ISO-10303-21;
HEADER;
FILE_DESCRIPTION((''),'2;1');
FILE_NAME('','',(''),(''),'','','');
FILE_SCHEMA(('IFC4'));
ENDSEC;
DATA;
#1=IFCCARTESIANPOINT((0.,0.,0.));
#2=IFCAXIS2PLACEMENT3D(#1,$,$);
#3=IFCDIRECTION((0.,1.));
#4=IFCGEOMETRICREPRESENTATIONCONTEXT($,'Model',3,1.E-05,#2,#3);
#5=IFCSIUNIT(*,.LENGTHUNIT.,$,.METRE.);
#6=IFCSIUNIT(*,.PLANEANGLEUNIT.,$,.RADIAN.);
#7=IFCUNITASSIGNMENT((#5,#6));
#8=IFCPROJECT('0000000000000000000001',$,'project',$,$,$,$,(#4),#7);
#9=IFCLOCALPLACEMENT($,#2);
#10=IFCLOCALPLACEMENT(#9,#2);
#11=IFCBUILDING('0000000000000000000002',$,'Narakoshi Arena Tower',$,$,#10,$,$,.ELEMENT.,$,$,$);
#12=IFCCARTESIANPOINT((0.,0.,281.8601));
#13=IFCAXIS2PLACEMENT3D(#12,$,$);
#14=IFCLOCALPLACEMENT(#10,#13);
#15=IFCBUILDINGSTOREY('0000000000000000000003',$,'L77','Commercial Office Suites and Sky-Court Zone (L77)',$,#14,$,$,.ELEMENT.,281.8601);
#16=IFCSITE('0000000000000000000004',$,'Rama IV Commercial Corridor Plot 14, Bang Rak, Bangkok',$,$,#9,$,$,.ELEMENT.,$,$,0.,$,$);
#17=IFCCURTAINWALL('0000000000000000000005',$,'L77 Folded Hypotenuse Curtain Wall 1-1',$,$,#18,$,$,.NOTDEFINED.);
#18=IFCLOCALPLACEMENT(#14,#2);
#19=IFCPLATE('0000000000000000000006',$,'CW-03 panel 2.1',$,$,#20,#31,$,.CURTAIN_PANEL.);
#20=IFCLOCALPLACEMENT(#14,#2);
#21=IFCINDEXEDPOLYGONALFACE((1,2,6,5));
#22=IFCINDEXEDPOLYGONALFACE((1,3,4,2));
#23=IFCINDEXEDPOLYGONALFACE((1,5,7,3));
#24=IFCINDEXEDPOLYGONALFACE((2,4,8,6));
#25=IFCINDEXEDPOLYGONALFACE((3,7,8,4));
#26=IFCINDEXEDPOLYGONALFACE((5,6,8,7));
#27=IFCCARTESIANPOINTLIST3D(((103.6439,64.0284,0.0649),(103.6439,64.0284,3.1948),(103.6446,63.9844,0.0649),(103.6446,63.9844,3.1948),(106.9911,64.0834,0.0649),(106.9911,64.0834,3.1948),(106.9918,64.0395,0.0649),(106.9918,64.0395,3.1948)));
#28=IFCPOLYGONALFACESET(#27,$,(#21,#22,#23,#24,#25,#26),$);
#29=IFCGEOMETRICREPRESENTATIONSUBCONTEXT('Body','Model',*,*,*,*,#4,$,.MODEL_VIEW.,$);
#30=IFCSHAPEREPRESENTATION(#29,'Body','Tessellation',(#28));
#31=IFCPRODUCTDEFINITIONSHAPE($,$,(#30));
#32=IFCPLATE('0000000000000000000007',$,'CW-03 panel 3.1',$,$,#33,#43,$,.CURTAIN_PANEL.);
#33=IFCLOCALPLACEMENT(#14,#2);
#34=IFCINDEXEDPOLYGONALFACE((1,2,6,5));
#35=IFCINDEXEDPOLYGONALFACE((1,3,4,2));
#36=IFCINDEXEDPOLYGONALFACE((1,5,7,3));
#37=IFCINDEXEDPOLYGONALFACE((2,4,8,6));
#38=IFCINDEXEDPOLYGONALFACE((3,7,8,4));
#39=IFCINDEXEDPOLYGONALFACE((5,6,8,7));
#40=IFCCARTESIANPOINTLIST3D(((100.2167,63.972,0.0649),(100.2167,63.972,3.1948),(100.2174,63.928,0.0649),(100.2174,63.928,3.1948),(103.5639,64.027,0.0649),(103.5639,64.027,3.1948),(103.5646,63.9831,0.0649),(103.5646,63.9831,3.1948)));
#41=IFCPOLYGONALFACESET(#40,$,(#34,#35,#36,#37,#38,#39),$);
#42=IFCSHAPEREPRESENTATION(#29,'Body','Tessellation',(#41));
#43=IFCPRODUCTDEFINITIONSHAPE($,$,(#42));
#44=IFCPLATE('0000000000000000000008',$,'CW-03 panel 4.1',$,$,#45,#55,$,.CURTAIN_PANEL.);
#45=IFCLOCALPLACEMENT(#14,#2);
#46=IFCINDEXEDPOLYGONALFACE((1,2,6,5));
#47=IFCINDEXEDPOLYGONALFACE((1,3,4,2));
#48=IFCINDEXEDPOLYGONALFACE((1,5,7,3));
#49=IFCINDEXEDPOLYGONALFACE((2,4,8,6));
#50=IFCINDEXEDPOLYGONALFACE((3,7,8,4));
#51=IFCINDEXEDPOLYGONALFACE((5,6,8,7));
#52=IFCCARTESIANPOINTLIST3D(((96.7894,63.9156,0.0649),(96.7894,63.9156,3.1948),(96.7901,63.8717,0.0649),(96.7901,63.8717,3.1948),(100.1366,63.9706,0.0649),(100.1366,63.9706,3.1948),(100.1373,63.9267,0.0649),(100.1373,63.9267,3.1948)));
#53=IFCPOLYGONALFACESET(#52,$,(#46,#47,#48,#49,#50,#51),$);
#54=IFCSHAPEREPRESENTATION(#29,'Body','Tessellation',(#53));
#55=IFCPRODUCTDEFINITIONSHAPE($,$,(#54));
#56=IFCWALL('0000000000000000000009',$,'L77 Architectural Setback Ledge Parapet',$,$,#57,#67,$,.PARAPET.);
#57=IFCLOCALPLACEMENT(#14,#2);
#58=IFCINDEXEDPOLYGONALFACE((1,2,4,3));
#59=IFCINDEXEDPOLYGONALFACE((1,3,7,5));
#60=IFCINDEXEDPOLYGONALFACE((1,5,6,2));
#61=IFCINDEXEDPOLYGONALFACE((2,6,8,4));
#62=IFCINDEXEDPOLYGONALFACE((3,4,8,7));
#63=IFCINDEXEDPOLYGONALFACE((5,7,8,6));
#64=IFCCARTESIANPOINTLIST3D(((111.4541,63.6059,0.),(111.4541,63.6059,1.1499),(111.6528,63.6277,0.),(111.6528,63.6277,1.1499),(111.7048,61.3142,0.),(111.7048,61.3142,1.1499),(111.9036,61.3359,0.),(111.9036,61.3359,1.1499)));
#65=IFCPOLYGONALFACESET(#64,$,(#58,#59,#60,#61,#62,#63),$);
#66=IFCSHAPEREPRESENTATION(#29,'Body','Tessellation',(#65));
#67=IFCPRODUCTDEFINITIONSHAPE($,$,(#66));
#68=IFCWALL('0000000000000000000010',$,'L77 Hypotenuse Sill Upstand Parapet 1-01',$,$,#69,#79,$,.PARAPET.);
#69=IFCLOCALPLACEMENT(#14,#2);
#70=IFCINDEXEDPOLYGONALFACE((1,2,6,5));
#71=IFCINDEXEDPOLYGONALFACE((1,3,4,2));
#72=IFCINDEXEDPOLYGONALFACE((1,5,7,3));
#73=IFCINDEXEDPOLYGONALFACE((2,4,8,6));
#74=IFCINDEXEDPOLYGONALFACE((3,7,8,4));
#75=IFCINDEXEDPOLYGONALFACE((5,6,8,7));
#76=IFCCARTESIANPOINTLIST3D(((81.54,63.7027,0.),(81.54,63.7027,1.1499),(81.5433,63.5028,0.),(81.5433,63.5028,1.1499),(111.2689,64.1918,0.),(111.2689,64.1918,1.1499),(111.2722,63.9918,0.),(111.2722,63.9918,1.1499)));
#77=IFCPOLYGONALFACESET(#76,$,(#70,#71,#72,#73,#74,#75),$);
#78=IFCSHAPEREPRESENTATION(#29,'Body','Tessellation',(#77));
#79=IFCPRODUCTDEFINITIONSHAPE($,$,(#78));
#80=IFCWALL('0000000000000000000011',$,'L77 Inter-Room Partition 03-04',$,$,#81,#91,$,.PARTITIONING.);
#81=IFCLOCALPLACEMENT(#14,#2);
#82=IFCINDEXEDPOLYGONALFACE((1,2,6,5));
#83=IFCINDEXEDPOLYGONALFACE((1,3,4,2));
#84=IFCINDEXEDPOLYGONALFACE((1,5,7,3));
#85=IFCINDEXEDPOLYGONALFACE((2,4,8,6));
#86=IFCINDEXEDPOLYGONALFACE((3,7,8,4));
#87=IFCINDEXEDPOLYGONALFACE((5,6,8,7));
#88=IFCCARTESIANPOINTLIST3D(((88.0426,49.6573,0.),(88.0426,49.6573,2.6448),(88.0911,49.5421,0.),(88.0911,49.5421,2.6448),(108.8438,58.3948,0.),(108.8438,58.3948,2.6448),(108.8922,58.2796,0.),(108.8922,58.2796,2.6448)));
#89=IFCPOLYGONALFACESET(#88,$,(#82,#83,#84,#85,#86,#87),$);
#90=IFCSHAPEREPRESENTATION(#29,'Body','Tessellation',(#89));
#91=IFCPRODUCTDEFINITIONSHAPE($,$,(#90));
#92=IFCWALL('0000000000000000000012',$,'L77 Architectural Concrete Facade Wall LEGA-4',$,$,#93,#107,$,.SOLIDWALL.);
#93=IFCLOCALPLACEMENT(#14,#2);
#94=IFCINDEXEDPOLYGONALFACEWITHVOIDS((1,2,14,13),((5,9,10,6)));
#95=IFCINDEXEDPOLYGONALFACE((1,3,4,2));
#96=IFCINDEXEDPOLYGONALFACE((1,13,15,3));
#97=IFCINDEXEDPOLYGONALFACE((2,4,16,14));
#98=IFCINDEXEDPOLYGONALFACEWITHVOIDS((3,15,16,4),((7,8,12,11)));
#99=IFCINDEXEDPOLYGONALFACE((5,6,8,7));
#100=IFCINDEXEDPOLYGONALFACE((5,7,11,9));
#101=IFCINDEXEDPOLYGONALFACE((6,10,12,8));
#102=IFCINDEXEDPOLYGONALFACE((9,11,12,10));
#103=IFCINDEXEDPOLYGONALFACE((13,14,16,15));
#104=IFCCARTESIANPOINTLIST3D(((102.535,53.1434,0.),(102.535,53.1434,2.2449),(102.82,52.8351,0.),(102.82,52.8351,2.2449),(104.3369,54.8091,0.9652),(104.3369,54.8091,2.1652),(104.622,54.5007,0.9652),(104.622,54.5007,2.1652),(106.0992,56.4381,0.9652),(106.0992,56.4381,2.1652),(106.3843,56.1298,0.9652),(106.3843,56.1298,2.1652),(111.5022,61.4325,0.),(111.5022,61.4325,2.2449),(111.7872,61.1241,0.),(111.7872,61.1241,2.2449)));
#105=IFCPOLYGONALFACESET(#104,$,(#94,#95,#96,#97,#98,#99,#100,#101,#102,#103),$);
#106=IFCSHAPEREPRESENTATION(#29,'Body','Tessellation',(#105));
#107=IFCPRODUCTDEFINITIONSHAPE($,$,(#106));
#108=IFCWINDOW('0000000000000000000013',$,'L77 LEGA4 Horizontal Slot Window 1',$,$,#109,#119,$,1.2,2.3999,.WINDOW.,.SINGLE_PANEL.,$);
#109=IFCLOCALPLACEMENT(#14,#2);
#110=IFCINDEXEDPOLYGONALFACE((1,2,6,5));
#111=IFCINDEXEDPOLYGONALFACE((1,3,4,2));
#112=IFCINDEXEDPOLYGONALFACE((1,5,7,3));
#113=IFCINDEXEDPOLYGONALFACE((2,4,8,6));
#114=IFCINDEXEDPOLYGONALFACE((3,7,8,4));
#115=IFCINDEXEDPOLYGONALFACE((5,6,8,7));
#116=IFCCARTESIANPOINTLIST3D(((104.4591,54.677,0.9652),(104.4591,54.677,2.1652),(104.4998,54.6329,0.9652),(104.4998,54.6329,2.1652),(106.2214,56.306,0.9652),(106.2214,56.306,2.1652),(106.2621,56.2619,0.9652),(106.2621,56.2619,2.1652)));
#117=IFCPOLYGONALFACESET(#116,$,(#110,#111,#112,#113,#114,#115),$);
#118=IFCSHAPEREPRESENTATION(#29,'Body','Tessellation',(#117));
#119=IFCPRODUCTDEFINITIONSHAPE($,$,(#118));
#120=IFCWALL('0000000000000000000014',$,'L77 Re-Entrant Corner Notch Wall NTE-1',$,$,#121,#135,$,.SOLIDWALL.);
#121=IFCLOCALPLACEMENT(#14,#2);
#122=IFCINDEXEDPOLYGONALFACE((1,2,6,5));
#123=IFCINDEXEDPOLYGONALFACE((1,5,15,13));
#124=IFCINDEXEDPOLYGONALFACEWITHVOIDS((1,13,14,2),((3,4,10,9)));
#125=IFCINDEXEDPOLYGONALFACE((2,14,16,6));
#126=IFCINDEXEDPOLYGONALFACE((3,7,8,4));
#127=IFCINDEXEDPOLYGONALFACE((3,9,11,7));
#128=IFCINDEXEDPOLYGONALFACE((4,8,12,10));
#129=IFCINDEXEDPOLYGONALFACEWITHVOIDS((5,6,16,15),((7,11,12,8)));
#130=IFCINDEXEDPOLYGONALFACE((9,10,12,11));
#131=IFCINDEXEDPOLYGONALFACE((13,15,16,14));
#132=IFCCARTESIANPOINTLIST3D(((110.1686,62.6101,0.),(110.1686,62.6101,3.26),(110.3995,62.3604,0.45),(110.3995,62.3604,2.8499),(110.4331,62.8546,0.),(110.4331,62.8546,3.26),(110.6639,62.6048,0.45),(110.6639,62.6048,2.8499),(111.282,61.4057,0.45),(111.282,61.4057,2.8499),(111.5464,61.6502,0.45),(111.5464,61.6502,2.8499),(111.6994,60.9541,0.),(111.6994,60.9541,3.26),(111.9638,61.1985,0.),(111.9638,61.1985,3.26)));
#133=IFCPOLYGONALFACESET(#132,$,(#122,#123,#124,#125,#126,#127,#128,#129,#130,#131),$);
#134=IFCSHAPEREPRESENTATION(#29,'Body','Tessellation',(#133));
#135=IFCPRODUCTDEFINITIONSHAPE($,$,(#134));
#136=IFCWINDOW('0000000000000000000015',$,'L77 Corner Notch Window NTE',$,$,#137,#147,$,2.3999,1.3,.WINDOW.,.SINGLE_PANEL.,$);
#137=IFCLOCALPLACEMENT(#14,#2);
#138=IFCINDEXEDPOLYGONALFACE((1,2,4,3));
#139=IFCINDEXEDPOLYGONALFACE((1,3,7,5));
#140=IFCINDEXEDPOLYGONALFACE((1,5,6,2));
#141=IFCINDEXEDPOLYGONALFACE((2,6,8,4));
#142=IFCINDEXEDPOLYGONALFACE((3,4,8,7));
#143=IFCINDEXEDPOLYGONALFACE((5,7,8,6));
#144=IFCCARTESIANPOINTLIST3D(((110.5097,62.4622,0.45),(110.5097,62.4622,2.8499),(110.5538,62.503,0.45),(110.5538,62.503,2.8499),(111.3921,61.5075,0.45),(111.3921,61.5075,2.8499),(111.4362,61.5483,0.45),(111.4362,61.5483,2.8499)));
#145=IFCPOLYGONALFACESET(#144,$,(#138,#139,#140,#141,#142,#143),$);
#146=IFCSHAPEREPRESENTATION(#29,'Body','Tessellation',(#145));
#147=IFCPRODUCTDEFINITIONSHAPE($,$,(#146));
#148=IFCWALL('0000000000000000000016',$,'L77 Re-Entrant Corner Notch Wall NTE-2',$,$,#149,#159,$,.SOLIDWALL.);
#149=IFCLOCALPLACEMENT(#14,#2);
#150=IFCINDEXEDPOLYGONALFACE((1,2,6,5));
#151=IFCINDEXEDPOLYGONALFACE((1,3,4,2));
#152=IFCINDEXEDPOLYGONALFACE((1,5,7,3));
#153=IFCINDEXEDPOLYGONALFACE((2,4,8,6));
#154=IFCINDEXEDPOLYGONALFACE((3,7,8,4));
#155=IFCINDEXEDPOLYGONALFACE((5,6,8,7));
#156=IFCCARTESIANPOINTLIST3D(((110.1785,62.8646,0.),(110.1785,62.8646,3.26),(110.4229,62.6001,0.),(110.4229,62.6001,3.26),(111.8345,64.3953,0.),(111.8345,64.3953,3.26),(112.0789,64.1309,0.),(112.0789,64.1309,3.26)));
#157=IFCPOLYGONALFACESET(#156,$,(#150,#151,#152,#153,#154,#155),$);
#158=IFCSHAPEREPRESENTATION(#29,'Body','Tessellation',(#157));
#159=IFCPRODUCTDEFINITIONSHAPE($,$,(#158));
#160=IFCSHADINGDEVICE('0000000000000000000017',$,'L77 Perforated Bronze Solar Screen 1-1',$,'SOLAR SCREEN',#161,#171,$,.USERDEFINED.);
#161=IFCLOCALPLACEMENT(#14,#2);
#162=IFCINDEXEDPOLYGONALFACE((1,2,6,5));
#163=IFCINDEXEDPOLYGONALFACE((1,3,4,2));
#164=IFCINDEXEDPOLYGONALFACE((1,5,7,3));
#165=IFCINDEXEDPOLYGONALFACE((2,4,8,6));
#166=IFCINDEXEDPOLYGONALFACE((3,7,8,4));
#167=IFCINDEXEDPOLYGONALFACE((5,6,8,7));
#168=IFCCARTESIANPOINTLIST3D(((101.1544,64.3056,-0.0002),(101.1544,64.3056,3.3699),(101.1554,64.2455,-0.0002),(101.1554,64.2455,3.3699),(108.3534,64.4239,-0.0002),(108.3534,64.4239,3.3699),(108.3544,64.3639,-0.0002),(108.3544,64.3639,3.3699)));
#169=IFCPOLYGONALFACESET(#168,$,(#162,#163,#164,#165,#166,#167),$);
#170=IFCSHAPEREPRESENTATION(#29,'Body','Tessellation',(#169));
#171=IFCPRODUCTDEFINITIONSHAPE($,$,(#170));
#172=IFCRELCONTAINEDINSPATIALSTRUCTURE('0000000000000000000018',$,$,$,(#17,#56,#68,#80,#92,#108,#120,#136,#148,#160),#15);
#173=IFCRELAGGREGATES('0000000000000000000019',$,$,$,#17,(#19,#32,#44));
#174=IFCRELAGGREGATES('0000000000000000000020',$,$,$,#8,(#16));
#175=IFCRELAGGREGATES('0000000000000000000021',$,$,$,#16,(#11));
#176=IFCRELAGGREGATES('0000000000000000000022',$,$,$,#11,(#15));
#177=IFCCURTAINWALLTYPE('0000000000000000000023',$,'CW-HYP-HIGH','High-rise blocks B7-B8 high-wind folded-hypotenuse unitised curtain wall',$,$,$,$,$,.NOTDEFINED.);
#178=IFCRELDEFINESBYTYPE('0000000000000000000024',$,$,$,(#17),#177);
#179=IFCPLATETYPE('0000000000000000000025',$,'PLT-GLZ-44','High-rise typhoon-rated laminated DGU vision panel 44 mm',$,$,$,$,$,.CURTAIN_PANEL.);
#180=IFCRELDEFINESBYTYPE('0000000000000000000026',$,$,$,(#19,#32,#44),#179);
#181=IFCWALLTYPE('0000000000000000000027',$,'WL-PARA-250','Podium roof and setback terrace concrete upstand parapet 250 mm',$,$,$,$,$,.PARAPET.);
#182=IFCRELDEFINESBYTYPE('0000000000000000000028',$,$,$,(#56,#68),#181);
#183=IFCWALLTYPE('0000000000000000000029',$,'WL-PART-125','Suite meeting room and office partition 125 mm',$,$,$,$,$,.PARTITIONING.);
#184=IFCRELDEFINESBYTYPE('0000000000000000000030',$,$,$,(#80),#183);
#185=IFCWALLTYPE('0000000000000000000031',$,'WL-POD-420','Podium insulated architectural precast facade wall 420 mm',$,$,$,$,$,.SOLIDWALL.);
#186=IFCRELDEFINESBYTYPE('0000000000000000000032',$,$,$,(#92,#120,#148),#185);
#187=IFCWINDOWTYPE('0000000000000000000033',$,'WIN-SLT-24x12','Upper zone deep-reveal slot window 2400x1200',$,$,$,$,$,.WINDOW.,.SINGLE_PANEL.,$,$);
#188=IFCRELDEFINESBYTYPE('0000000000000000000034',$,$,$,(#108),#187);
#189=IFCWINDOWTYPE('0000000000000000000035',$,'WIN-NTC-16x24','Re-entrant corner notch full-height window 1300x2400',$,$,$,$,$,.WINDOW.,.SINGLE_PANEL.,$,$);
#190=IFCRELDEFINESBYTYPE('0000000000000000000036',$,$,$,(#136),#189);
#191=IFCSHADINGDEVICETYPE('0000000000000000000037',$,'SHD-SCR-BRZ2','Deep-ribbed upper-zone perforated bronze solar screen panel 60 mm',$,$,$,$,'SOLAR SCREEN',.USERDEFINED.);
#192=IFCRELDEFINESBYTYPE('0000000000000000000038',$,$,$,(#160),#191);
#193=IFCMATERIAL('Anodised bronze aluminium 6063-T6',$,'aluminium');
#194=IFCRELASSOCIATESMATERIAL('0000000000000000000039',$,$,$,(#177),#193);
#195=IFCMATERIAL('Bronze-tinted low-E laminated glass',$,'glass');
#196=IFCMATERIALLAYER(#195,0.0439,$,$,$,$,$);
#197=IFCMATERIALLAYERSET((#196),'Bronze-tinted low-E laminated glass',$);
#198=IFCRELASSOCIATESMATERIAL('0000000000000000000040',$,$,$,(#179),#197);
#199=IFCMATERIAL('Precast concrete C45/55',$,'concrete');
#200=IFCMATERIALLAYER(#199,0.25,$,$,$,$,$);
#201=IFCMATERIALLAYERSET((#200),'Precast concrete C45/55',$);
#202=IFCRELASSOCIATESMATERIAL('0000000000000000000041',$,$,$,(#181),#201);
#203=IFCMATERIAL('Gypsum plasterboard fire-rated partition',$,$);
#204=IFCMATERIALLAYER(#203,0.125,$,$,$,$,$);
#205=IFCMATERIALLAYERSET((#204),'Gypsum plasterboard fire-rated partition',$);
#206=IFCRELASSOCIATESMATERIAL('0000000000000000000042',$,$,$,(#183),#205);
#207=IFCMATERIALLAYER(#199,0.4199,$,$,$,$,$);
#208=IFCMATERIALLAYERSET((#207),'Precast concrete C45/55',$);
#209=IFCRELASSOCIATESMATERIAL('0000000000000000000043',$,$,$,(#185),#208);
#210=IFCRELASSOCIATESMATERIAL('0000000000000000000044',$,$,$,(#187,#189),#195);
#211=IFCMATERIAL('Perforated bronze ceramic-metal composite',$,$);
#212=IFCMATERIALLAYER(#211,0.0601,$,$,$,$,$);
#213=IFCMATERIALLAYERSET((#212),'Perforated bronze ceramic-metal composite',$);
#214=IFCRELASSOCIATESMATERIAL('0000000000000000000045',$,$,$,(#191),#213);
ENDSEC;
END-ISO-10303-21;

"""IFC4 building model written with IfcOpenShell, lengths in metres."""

from ifc_helpers import new_model, si_unit, direction, frame, frame_2d, origin, origin_2d, place, context, subcontext, project, spatial, rectangle, extrude, material, layer, layer_set, type_object, element, fill, aggregate, save


model = new_model("IFC4")

# Units and contexts
model_context = context("Model", 3, precision=1e-05, world=origin(), true_north=direction((0.0, 1.0)))
body_context = subcontext(model_context, "Body", "Model", "MODEL_VIEW")
ifc_project = project(units=[si_unit("LENGTHUNIT", "METRE"), si_unit("PLANEANGLEUNIT", "RADIAN")], contexts=[model_context])

# Site, building, storey
site_placement = place(None, origin())
site = spatial("IfcSite", under=ifc_project, at=site_placement, Name="Rama IV Commercial Corridor Plot 14, Bang Rak, Bangkok", CompositionType="ELEMENT", RefElevation=0.0)
building_placement = place(site_placement, origin())
building = spatial("IfcBuilding", under=site, at=building_placement, Name="Narakoshi Arena Tower", CompositionType="ELEMENT")
storey_placement = place(building_placement, frame((0.0, 0.0, 281.8601)))
storey = spatial("IfcBuildingStorey", under=building, at=storey_placement, Name="L77", Description="Commercial Office Suites and Sky-Court Zone (L77)", CompositionType="ELEMENT", Elevation=281.8601)

# Curtain wall, plates
ifc_material_1 = material(Name="Anodised bronze aluminium 6063-T6", Category="aluminium")
curtain_wall_type = type_object("IfcCurtainWallType", Name="CW-HYP-HIGH", Description="High-rise blocks B7-B8 high-wind folded-hypotenuse unitised curtain wall", PredefinedType="NOTDEFINED", material=ifc_material_1)
curtain_wall_placement = place(storey_placement, origin())
curtain_wall = element("IfcCurtainWall", 1, at=curtain_wall_placement, inside=storey, type_object=curtain_wall_type, Name="L77 Folded Hypotenuse Curtain Wall 1-1", PredefinedType="NOTDEFINED")
ifc_material_2 = material(Name="Bronze-tinted low-E laminated glass", Category="glass")
ifc_layer_1 = layer(ifc_material_2, 0.0439)
ifc_layer_set_1 = layer_set([ifc_layer_1], Name="Bronze-tinted low-E laminated glass")
plate_type = type_object("IfcPlateType", Name="PLT-GLZ-44", Description="High-rise typhoon-rated laminated DGU vision panel 44 mm", PredefinedType="CURTAIN_PANEL", material=ifc_layer_set_1)
plate_1_placement = place(storey_placement, frame((105.3179, 64.0339, 0.0649), z_axis=(0.0, 0.0, 1.0), x_axis=(-0.999865, -0.016443, 0.0)))
plate_1 = element("IfcPlate", 2, at=plate_1_placement, type_object=plate_type, Name="CW-03 panel 2.1", PredefinedType="CURTAIN_PANEL", context=body_context, shape_type="SweptSolid", body=[
    extrude(rectangle(XDim=3.3477, YDim=0.0439, at=origin_2d()), origin(), (0.0, 0.0, 1.0), 3.1299),
])
plate_2_placement = place(storey_placement, frame((101.8906, 63.9775, 0.0649), z_axis=(0.0, 0.0, 1.0), x_axis=(-0.999865, -0.016443, 0.0)))
plate_2 = element("IfcPlate", 3, at=plate_2_placement, type_object=plate_type, Name="CW-03 panel 3.1", PredefinedType="CURTAIN_PANEL", context=body_context, shape_type="SweptSolid", body=[
    extrude(rectangle(XDim=3.3477, YDim=0.0439, at=origin_2d()), origin(), (0.0, 0.0, 1.0), 3.1299),
])
plate_3_placement = place(storey_placement, frame((98.4634, 63.9211, 0.0649), z_axis=(0.0, 0.0, 1.0), x_axis=(-0.999865, -0.016443, 0.0)))
plate_3 = element("IfcPlate", 4, at=plate_3_placement, type_object=plate_type, Name="CW-03 panel 4.1", PredefinedType="CURTAIN_PANEL", context=body_context, shape_type="SweptSolid", body=[
    extrude(rectangle(XDim=3.3477, YDim=0.0439, at=origin_2d()), origin(), (0.0, 0.0, 1.0), 3.1299),
])
aggregate(curtain_wall, [plate_1, plate_2, plate_3])

# Walls
ifc_material_3 = material(Name="Precast concrete C45/55", Category="concrete")
ifc_layer_2 = layer(ifc_material_3, 0.25)
ifc_layer_set_2 = layer_set([ifc_layer_2], Name="Precast concrete C45/55")
wall_type_1 = type_object("IfcWallType", Name="WL-PARA-250", Description="Podium roof and setback terrace concrete upstand parapet 250 mm", PredefinedType="PARAPET", material=ifc_layer_set_2)
wall_1_placement = place(storey_placement, frame((111.8042, 61.325, 0.0), z_axis=(0.0, 0.0, 1.0), x_axis=(-0.108758, 0.994068, 0.0)))
element("IfcWall", 5, at=wall_1_placement, inside=storey, type_object=wall_type_1, Name="L77 Architectural Setback Ledge Parapet", PredefinedType="PARAPET", context=body_context, shape_type="SweptSolid", body=[
    extrude(rectangle(XDim=2.3054, YDim=0.2, at=frame_2d((1.1528, 0.0))), origin(), (0.0, 0.0, 1.0), 1.1499),
])
wall_2_placement = place(storey_placement, frame((111.2705, 64.0918, 0.0), z_axis=(0.0, 0.0, 1.0), x_axis=(-0.999865, -0.016447, 0.0)))
element("IfcWall", 6, at=wall_2_placement, inside=storey, type_object=wall_type_1, Name="L77 Hypotenuse Sill Upstand Parapet 1-01", PredefinedType="PARAPET", context=body_context, shape_type="SweptSolid", body=[
    extrude(rectangle(XDim=29.7329, YDim=0.2, at=frame_2d((14.8665, 0.0))), origin(), (0.0, 0.0, 1.0), 1.1499),
])
ifc_material_4 = material(Name="Gypsum plasterboard fire-rated partition")
ifc_layer_3 = layer(ifc_material_4, 0.125)
ifc_layer_set_3 = layer_set([ifc_layer_3], Name="Gypsum plasterboard fire-rated partition")
wall_type_2 = type_object("IfcWallType", Name="WL-PART-125", Description="Suite meeting room and office partition 125 mm", PredefinedType="PARTITIONING", material=ifc_layer_set_3)
wall_3_placement = place(storey_placement, frame((108.8679, 58.3372, 0.0), z_axis=(0.0, 0.0, 1.0), x_axis=(-0.921966, -0.387271, 0.0)))
element("IfcWall", 7, at=wall_3_placement, inside=storey, type_object=wall_type_2, Name="L77 Inter-Room Partition 03-04", PredefinedType="PARTITIONING", context=body_context, shape_type="SweptSolid", body=[
    extrude(rectangle(XDim=22.5618, YDim=0.125, at=frame_2d((11.2808, 0.0))), origin(), (0.0, 0.0, 1.0), 2.6448),
])

# Walls, openings, windows
ifc_layer_4 = layer(ifc_material_3, 0.4199)
ifc_layer_set_4 = layer_set([ifc_layer_4], Name="Precast concrete C45/55")
wall_type_3 = type_object("IfcWallType", Name="WL-POD-420", Description="Podium insulated architectural precast facade wall 420 mm", PredefinedType="SOLIDWALL", material=ifc_layer_set_4)
wall_4_placement = place(storey_placement, frame((102.6775, 52.9893, 0.0), z_axis=(0.0, 0.0, 1.0), x_axis=(0.734331, 0.678791, 0.0)))
wall_4 = element("IfcWall", 8, at=wall_4_placement, inside=storey, type_object=wall_type_3, Name="L77 Architectural Concrete Facade Wall LEGA-4", PredefinedType="SOLIDWALL", context=body_context, shape_type="SweptSolid", body=[
    extrude(rectangle(XDim=12.2114, YDim=0.4199, at=frame_2d((6.1057, 0.0))), origin(), (0.0, 0.0, 1.0), 2.2449),
])
opening_1_placement = place(wall_4_placement, frame((2.4539, 0.0, 0.9651)))
opening_1 = element("IfcOpeningElement", 9, at=opening_1_placement, cuts=wall_4, PredefinedType="OPENING", context=body_context, shape_type="SweptSolid", body=[
    extrude(rectangle(XDim=2.3999, YDim=1.2, at=frame_2d((1.2, 0.6001))), frame((0.0, 0.22, 0.0), z_axis=(0.0, -1.0, 0.0), x_axis=(1.0, 0.0, 0.0)), (0.0, 0.0, 1.0), 0.4399),
])
window_type_1 = type_object("IfcWindowType", Name="WIN-SLT-24x12", Description="Upper zone deep-reveal slot window 2400x1200", PartitioningType="SINGLE_PANEL", PredefinedType="WINDOW", material=ifc_material_2)
window_1_placement = place(opening_1_placement, origin())
window_1 = element("IfcWindow", 10, at=window_1_placement, inside=storey, type_object=window_type_1, Name="L77 LEGA4 Horizontal Slot Window 1", OverallHeight=1.2, OverallWidth=2.3999, PartitioningType="SINGLE_PANEL", PredefinedType="WINDOW", context=body_context, shape_type="SweptSolid", body=[
    extrude(rectangle(XDim=2.3999, YDim=1.2, at=frame_2d((1.2, 0.6001))), frame((0.0, 0.03, 0.0), z_axis=(0.0, -1.0, 0.0), x_axis=(1.0, 0.0, 0.0)), (0.0, 0.0, 1.0), 0.0601),
])
fill(opening_1, window_1)
wall_5_placement = place(storey_placement, frame((111.8315, 61.0764, 0.0), z_axis=(0.0, 0.0, 1.0), x_axis=(-0.678793, 0.73433, 0.0)))
wall_5 = element("IfcWall", 11, at=wall_5_placement, inside=storey, type_object=wall_type_3, Name="L77 Re-Entrant Corner Notch Wall NTE-1", PredefinedType="SOLIDWALL", context=body_context, shape_type="SweptSolid", body=[
    extrude(rectangle(XDim=2.2551, YDim=0.3601, at=frame_2d((1.1274, 0.0))), origin(), (0.0, 0.0, 1.0), 3.26),
])
opening_2_placement = place(wall_5_placement, frame((0.615, 0.0, 0.45)))
opening_2 = element("IfcOpeningElement", 12, at=opening_2_placement, cuts=wall_5, PredefinedType="OPENING", context=body_context, shape_type="SweptSolid", body=[
    extrude(rectangle(XDim=1.3, YDim=2.3999, at=frame_2d((0.6499, 1.2))), frame((0.0, 0.1899, 0.0), z_axis=(0.0, -1.0, 0.0), x_axis=(1.0, 0.0, 0.0)), (0.0, 0.0, 1.0), 0.3801),
])
window_type_2 = type_object("IfcWindowType", Name="WIN-NTC-16x24", Description="Re-entrant corner notch full-height window 1300x2400", PartitioningType="SINGLE_PANEL", PredefinedType="WINDOW", material=ifc_material_2)
window_2_placement = place(opening_2_placement, origin())
window_2 = element("IfcWindow", 13, at=window_2_placement, inside=storey, type_object=window_type_2, Name="L77 Corner Notch Window NTE", OverallHeight=2.3999, OverallWidth=1.3, PartitioningType="SINGLE_PANEL", PredefinedType="WINDOW", context=body_context, shape_type="SweptSolid", body=[
    extrude(rectangle(XDim=1.3, YDim=2.3999, at=frame_2d((0.6499, 1.2))), frame((0.0, 0.03, 0.0), z_axis=(0.0, -1.0, 0.0), x_axis=(1.0, 0.0, 0.0)), (0.0, 0.0, 1.0), 0.0601),
])
fill(opening_2, window_2)

# Wall
wall_6_placement = place(storey_placement, frame((110.3008, 62.7324, 0.0), z_axis=(0.0, 0.0, 1.0), x_axis=(0.73433, 0.678793, 0.0)))
element("IfcWall", 14, at=wall_6_placement, inside=storey, type_object=wall_type_3, Name="L77 Re-Entrant Corner Notch Wall NTE-2", PredefinedType="SOLIDWALL", context=body_context, shape_type="SweptSolid", body=[
    extrude(rectangle(XDim=2.2551, YDim=0.3601, at=frame_2d((1.1274, 0.0))), origin(), (0.0, 0.0, 1.0), 3.26),
])

# Shading device
ifc_material_5 = material(Name="Perforated bronze ceramic-metal composite")
ifc_layer_5 = layer(ifc_material_5, 0.0601)
ifc_layer_set_5 = layer_set([ifc_layer_5], Name="Perforated bronze ceramic-metal composite")
shading_device_type = type_object("IfcShadingDeviceType", Name="SHD-SCR-BRZ2", Description="Deep-ribbed upper-zone perforated bronze solar screen panel 60 mm", ElementType="SOLAR SCREEN", PredefinedType="USERDEFINED", material=ifc_layer_set_5)
shading_device_placement = place(storey_placement, frame((104.7544, 64.3347, -0.0002), z_axis=(0.0, 0.0, 1.0), x_axis=(-0.999865, -0.01644, 0.0)))
element("IfcShadingDevice", 15, at=shading_device_placement, inside=storey, type_object=shading_device_type, Name="L77 Perforated Bronze Solar Screen 1-1", ObjectType="SOLAR SCREEN", PredefinedType="USERDEFINED", context=body_context, shape_type="SweptSolid", body=[
    extrude(rectangle(XDim=7.2, YDim=0.0601, at=origin_2d()), origin(), (0.0, 0.0, 1.0), 3.3701),
])

save(model, "model.ifc")
